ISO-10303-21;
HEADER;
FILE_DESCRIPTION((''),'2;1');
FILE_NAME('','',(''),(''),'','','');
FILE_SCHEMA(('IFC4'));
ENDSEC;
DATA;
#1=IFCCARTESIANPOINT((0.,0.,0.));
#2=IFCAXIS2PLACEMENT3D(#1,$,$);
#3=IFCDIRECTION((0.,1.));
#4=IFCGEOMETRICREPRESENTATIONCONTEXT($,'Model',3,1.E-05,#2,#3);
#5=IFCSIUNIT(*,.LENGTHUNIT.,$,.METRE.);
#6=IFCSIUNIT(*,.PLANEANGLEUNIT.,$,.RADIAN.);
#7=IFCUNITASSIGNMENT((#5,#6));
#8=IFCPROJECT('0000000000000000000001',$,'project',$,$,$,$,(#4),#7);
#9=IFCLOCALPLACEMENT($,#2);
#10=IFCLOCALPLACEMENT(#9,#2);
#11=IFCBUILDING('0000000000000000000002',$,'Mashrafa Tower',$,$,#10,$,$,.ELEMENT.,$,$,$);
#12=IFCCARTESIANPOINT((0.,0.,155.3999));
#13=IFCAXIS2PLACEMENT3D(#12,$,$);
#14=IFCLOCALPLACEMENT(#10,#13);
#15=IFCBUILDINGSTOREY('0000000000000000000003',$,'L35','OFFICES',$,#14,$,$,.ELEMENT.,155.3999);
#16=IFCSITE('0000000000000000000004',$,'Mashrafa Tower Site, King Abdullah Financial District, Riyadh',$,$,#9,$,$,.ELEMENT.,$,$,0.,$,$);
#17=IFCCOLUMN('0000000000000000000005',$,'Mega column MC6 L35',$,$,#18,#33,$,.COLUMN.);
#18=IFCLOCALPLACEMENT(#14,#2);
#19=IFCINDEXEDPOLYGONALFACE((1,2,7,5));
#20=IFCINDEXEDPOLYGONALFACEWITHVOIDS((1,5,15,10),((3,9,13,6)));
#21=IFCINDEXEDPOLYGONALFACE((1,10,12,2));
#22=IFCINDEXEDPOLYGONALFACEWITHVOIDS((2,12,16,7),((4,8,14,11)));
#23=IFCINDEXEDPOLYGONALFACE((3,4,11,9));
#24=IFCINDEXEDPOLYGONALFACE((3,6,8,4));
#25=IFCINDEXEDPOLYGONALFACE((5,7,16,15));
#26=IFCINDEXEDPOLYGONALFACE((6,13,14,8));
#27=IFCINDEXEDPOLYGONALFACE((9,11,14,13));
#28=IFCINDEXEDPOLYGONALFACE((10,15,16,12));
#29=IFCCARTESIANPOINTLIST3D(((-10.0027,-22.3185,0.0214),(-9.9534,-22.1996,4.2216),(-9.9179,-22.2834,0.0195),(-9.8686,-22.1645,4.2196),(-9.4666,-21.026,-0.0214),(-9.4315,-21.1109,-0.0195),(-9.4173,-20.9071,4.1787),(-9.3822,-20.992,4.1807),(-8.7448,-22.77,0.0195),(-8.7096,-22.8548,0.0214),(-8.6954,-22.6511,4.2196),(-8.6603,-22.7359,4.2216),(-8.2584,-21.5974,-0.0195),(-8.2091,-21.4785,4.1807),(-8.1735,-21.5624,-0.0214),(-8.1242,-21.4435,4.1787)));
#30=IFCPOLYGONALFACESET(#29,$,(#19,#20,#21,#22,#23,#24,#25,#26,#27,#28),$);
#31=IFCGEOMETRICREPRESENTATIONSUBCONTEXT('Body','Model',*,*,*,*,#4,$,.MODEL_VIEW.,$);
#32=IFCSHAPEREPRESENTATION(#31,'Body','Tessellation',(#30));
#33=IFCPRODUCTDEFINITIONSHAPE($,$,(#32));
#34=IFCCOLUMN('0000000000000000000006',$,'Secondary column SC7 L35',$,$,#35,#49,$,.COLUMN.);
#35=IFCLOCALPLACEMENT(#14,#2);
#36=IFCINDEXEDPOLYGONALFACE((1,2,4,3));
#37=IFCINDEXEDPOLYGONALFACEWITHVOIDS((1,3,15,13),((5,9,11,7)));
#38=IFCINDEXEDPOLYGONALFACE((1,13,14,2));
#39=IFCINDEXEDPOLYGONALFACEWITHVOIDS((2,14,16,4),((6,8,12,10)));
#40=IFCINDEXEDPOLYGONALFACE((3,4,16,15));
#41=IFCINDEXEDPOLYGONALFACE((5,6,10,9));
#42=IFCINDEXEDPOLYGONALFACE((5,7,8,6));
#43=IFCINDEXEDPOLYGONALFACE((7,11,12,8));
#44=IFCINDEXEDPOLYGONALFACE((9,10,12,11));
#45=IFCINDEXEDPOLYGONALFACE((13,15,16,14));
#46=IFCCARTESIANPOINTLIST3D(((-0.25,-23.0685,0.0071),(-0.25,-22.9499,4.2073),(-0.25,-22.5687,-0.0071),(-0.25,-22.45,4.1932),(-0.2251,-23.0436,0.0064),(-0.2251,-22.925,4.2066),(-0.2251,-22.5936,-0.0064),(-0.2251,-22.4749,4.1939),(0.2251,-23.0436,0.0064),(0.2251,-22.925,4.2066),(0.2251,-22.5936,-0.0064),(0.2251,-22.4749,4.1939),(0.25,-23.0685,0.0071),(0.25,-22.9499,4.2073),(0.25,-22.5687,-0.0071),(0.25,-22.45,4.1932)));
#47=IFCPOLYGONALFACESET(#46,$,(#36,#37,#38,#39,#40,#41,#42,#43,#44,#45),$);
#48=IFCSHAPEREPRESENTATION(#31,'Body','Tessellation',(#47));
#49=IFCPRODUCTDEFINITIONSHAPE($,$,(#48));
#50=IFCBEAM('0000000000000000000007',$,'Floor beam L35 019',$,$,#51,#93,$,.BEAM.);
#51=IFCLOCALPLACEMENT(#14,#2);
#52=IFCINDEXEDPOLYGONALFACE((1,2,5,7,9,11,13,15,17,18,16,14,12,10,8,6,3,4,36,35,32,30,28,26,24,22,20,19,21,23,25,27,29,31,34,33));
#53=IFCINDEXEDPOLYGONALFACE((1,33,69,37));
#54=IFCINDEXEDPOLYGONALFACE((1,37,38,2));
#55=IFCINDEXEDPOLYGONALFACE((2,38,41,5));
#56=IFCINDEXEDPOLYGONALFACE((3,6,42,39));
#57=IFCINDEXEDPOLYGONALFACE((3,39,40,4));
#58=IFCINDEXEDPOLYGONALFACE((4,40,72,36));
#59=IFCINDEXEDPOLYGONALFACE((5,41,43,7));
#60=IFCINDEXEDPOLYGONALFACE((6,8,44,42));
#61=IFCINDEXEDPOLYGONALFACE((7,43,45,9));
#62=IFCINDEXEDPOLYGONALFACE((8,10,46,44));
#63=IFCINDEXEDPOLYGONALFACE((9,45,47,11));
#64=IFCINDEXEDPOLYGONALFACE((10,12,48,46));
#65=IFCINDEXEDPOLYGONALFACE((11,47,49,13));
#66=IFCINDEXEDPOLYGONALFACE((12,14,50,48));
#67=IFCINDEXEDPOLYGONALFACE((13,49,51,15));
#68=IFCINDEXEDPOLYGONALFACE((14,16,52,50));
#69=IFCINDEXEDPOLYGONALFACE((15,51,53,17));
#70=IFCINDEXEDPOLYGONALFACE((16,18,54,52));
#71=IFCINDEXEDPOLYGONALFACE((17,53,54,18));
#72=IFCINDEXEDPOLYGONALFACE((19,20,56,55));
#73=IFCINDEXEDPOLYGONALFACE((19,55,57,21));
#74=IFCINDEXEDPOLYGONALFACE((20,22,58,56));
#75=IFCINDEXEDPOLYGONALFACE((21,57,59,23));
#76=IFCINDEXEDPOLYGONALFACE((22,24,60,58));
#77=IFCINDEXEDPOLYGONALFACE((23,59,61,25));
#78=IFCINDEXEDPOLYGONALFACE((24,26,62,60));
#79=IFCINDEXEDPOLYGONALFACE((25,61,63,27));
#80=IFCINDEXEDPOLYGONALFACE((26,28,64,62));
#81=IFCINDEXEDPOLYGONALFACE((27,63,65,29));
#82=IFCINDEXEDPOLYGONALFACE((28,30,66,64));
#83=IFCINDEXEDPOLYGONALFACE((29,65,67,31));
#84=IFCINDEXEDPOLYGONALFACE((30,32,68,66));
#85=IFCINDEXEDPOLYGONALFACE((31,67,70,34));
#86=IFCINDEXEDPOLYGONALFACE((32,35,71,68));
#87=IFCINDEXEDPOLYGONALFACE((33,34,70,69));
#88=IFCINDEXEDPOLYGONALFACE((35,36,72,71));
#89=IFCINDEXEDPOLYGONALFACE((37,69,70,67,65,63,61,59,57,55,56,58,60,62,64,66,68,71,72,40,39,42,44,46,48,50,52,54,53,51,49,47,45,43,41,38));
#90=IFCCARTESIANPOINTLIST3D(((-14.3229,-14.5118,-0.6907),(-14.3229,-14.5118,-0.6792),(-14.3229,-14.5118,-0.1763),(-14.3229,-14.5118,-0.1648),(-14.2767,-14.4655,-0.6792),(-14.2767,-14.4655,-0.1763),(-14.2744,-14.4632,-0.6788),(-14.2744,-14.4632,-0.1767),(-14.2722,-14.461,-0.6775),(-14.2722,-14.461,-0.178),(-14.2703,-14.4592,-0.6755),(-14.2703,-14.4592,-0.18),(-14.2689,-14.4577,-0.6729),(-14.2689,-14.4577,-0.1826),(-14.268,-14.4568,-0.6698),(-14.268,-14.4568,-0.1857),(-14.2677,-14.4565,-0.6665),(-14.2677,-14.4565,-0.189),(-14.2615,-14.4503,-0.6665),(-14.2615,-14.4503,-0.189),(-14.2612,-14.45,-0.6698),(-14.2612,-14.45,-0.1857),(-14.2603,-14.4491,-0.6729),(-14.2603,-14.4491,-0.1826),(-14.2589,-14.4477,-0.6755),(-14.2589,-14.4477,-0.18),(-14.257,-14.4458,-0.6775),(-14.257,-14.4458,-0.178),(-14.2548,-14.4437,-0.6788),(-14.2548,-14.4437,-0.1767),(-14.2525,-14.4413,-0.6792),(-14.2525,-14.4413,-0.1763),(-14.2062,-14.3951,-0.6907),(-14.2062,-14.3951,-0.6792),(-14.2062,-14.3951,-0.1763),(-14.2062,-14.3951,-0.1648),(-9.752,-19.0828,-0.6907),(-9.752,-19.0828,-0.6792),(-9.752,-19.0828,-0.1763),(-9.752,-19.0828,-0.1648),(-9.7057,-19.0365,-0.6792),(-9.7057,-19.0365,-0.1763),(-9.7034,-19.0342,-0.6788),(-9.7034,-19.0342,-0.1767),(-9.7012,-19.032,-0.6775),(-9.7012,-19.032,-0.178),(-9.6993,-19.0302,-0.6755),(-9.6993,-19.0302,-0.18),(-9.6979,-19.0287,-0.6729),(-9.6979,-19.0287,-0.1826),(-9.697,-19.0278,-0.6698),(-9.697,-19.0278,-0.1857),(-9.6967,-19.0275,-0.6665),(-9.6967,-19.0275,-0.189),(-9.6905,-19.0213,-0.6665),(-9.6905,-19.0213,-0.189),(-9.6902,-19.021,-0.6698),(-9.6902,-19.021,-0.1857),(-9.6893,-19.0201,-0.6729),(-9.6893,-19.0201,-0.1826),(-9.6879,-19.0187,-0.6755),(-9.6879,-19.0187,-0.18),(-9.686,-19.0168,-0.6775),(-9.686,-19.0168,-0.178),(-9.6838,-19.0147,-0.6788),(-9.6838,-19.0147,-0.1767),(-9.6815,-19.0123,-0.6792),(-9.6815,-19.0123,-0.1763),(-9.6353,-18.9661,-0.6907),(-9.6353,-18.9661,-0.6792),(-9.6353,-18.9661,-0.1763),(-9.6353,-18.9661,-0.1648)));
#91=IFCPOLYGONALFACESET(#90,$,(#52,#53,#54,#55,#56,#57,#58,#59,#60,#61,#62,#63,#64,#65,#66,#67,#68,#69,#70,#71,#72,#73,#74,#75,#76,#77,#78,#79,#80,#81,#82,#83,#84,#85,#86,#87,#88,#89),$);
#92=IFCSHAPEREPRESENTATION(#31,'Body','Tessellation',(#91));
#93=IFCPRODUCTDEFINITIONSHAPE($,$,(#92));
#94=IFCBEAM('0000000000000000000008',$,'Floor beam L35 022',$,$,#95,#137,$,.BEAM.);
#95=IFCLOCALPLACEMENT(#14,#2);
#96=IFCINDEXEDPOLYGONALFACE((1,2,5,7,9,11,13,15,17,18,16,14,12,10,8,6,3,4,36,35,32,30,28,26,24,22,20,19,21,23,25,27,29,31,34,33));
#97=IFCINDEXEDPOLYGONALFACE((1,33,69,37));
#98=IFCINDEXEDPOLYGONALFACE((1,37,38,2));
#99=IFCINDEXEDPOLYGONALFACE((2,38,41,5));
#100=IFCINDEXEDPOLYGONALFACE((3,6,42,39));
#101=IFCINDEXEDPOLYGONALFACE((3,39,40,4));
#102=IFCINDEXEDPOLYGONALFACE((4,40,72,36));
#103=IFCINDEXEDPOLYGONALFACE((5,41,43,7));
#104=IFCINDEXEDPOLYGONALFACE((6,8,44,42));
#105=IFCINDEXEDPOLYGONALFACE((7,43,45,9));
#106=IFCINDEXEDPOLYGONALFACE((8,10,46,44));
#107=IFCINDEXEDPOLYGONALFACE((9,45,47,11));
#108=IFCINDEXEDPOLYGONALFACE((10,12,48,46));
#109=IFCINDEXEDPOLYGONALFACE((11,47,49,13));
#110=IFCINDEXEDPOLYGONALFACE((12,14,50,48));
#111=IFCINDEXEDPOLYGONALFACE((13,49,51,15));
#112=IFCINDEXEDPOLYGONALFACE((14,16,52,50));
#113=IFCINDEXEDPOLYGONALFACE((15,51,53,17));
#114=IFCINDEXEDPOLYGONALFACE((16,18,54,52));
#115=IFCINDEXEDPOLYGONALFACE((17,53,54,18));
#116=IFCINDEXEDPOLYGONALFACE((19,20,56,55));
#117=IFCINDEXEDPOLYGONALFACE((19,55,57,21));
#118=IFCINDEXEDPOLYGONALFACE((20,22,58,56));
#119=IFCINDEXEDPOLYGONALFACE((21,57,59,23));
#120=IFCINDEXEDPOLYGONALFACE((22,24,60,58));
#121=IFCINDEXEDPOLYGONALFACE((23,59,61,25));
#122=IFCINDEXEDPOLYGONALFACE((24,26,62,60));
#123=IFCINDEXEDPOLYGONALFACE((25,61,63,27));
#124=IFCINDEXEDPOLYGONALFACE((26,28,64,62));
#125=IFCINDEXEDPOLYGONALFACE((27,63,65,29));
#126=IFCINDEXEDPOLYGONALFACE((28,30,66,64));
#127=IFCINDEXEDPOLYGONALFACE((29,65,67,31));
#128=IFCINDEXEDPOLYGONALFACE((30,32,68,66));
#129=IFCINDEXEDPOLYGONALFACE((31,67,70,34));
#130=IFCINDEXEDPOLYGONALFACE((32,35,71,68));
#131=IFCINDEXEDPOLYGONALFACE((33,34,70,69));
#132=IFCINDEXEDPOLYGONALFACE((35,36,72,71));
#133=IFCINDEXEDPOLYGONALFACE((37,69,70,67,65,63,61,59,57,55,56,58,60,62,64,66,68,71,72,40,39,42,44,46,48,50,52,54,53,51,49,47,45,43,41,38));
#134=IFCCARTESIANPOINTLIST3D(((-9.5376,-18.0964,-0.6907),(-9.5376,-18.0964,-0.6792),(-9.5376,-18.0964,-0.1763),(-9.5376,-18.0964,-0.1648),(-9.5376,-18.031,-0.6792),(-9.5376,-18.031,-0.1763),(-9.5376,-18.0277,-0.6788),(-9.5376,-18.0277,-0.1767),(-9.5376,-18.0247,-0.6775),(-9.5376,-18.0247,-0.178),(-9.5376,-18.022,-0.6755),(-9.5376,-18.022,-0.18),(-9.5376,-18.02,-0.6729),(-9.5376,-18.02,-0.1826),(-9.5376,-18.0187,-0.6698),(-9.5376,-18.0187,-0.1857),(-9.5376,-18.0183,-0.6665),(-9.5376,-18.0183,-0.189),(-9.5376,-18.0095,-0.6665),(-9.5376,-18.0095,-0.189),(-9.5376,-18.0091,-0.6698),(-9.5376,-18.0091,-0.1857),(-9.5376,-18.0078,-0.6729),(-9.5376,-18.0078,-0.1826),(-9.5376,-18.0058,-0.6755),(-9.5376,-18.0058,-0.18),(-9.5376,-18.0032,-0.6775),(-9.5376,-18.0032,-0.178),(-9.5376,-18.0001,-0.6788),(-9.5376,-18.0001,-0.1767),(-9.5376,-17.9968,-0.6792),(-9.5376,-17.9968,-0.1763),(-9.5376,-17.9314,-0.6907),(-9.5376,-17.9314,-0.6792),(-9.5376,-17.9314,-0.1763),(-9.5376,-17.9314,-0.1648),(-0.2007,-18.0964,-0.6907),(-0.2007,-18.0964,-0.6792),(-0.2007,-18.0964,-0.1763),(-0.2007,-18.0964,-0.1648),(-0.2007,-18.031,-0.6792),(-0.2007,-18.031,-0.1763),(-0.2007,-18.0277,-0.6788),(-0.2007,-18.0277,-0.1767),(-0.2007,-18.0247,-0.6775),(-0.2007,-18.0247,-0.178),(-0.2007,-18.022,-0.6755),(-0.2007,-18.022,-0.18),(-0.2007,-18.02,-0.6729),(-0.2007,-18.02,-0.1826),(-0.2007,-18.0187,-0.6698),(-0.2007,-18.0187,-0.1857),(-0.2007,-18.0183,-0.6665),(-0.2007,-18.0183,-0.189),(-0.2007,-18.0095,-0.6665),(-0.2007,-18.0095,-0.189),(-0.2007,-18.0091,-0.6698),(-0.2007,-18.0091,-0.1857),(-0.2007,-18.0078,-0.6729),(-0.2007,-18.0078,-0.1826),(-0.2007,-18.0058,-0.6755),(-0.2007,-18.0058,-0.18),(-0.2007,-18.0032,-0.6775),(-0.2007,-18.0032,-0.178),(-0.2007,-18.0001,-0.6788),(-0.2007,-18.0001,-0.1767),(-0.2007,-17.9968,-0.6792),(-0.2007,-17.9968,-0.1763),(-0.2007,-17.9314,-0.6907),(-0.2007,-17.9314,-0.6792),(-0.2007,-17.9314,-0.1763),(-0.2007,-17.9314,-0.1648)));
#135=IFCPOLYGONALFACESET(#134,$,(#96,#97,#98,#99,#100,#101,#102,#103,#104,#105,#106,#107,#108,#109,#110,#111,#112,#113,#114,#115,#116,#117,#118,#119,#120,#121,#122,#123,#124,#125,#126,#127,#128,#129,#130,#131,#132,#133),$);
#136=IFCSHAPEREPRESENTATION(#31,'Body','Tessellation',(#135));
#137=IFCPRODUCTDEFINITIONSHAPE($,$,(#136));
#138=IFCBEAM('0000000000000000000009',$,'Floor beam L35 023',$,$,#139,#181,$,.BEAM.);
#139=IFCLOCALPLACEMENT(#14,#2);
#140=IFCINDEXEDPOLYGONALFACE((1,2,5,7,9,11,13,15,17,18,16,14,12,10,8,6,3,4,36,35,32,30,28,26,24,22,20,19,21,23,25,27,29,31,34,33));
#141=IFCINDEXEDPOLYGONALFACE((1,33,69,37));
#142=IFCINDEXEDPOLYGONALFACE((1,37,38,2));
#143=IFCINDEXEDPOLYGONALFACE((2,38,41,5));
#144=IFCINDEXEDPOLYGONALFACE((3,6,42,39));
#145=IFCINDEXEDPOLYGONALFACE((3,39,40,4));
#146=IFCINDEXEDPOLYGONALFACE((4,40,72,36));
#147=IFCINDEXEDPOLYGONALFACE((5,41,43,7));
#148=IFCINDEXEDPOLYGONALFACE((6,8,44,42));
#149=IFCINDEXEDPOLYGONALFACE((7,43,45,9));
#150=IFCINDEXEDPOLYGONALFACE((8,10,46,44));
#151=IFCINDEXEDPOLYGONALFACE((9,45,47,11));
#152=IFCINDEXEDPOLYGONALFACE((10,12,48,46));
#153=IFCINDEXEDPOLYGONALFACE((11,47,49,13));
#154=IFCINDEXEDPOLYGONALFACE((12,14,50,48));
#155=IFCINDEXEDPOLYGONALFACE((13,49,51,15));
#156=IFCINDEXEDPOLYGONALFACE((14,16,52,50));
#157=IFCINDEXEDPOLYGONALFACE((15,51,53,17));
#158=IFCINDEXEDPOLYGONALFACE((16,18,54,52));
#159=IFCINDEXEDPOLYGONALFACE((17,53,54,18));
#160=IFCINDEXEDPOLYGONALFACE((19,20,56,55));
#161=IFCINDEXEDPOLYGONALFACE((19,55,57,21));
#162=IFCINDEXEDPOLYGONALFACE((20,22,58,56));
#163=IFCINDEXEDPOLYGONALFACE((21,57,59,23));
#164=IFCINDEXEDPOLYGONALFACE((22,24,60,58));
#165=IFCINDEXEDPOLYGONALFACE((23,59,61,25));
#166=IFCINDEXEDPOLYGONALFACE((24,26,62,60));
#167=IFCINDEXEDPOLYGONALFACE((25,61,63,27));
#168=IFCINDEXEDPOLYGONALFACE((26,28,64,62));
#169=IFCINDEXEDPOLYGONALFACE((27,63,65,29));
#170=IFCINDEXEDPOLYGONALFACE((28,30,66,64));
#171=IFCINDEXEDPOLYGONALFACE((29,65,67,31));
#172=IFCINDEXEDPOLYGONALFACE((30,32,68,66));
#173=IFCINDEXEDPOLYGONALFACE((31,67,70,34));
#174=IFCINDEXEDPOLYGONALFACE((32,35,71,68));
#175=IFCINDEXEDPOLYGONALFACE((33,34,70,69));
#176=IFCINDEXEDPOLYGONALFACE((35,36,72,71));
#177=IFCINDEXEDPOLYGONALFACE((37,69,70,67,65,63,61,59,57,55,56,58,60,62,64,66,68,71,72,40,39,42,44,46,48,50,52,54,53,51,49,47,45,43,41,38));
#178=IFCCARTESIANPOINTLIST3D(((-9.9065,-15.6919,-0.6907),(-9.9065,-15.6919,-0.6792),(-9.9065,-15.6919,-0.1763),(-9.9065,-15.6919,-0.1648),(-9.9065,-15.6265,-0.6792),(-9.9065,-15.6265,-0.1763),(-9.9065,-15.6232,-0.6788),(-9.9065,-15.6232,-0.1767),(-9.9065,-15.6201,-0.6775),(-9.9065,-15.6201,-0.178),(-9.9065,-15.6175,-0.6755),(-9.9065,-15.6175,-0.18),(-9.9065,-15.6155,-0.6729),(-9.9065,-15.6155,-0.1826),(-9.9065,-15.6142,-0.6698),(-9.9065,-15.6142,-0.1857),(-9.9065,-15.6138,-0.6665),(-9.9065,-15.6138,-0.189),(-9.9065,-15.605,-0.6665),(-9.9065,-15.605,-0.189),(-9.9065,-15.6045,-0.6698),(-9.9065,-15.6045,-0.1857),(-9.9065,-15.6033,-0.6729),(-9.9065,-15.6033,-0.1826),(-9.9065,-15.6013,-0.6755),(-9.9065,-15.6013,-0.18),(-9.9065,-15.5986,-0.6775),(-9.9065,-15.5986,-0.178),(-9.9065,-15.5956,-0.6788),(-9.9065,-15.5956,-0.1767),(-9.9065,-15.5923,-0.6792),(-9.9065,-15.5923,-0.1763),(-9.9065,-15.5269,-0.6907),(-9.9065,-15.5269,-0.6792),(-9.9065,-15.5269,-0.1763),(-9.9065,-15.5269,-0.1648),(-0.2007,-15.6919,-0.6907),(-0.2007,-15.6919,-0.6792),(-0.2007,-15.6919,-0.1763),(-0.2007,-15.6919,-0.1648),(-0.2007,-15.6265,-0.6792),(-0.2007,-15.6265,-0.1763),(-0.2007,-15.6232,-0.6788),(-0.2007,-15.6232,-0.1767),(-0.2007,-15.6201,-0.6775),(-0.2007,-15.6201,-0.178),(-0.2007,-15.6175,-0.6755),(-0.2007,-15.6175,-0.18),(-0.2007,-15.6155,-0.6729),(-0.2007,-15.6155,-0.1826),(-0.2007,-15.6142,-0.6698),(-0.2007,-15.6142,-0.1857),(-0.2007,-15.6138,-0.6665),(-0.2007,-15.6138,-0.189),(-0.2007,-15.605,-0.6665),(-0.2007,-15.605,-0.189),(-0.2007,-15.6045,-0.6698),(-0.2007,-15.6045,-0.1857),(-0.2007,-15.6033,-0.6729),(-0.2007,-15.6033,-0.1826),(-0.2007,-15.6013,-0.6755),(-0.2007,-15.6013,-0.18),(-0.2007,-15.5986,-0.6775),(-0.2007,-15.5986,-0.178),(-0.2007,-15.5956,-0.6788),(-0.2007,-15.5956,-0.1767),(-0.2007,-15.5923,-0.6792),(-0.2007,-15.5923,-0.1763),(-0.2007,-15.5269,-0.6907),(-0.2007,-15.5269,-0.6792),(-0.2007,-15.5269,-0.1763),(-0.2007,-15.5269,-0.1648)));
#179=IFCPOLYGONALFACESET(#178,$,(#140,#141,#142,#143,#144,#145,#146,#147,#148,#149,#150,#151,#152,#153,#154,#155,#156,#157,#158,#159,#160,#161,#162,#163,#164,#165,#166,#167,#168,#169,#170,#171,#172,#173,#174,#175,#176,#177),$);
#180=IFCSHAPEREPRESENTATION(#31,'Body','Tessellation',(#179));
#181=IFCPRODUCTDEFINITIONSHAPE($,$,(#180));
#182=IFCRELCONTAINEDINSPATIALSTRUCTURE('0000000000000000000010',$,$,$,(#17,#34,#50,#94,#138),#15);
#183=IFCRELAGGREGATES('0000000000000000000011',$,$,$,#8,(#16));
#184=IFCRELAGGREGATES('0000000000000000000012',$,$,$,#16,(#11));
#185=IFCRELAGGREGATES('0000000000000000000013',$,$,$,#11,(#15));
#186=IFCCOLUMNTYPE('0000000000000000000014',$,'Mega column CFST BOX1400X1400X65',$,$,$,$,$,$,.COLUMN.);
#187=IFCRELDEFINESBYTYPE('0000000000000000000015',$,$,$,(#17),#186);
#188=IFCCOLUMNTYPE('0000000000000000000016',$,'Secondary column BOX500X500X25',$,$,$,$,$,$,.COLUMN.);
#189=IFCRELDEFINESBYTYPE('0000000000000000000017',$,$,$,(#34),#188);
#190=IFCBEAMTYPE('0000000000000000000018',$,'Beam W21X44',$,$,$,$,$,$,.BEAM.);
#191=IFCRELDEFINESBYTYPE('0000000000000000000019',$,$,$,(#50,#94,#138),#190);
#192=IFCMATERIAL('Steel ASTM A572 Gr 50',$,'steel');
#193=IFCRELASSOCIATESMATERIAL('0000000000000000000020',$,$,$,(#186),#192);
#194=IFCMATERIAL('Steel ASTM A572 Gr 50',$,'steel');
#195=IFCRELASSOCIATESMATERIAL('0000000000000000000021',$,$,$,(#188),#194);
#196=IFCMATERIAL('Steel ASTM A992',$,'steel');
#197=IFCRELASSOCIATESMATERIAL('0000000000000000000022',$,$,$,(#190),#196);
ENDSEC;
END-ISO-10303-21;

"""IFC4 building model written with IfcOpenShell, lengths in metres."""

from ifc_helpers import new_model, si_unit, direction, frame, origin, origin_2d, place, context, subcontext, project, spatial, hollow_rectangle, i_section, extrude, material, material_profile, profile_set, type_object, element, save


model = new_model("IFC4")

# Units and contexts
model_context = context("Model", 3, precision=1e-05, world=origin(), true_north=direction((0.0, 1.0)))
body_context = subcontext(model_context, "Body", "Model", "MODEL_VIEW")
ifc_project = project(units=[si_unit("LENGTHUNIT", "METRE"), si_unit("PLANEANGLEUNIT", "RADIAN")], contexts=[model_context])

# Site, building, storey
site_placement = place(None, origin())
site = spatial("IfcSite", under=ifc_project, at=site_placement, Name="Mashrafa Tower Site, King Abdullah Financial District, Riyadh", CompositionType="ELEMENT", RefElevation=0.0)
building_placement = place(site_placement, origin())
building = spatial("IfcBuilding", under=site, at=building_placement, Name="Mashrafa Tower", CompositionType="ELEMENT")
storey_placement = place(building_placement, frame((0.0, 0.0, 155.3999)))
storey = spatial("IfcBuildingStorey", under=building, at=storey_placement, Name="L35", Description="OFFICES", CompositionType="ELEMENT", Elevation=155.3999)

# Columns
ifc_material_1 = material(Name="Steel ASTM A572 Gr 50", Category="steel")
ifc_material_profile_1 = material_profile(ifc_material_1, hollow_rectangle(XDim=1.3999, YDim=1.3999, WallThickness=0.0649, at=origin_2d()), Name="BOX1400X1400X65")
ifc_profile_set_1 = profile_set([ifc_material_profile_1], Name="Steel ASTM A572 Gr 50")
column_type_1 = type_object("IfcColumnType", Name="Mega column CFST BOX1400X1400X65", PredefinedType="COLUMN", material=ifc_profile_set_1)
column_1_placement = place(storey_placement, frame((-9.0881, -21.9404, 0.0), z_axis=(0.011736, 0.028294, 0.999531), x_axis=(-0.923693, 0.383133, 0.0)))
element("IfcColumn", 1, at=column_1_placement, inside=storey, type_object=column_type_1, Name="Mega column MC6 L35", PredefinedType="COLUMN", context=body_context, shape_type="SweptSolid", body=[
    extrude(hollow_rectangle(XDim=1.3999, YDim=1.3999, WallThickness=0.0649, at=origin_2d()), origin(), (0.0, 0.0, 1.0), 4.2021),
])
ifc_material_2 = material(Name="Steel ASTM A572 Gr 50", Category="steel")
ifc_material_profile_2 = material_profile(ifc_material_2, hollow_rectangle(XDim=0.5, YDim=0.5, WallThickness=0.0249, at=origin_2d()), Name="BOX500X500X25")
ifc_profile_set_2 = profile_set([ifc_material_profile_2], Name="Steel ASTM A572 Gr 50")
column_type_2 = type_object("IfcColumnType", Name="Secondary column BOX500X500X25", PredefinedType="COLUMN", material=ifc_profile_set_2)
column_2_placement = place(storey_placement, frame((0.0, -22.8186, 0.0), z_axis=(0.0, 0.028238, 0.999601), x_axis=(-1.0, 0.0, 0.0)))
element("IfcColumn", 2, at=column_2_placement, inside=storey, type_object=column_type_2, Name="Secondary column SC7 L35", PredefinedType="COLUMN", context=body_context, shape_type="SweptSolid", body=[
    extrude(hollow_rectangle(XDim=0.5, YDim=0.5, WallThickness=0.0249, at=origin_2d()), origin(), (0.0, 0.0, 1.0), 4.2019),
])

# Beams
ifc_material_3 = material(Name="Steel ASTM A992", Category="steel")
ifc_material_profile_3 = material_profile(ifc_material_3, i_section(OverallWidth=0.165, OverallDepth=0.5259, WebThickness=0.0088, FlangeThickness=0.0115, FilletRadius=0.0127, at=origin_2d()), Name="W21X44")
ifc_profile_set_3 = profile_set([ifc_material_profile_3], Name="Steel ASTM A992")
beam_type_1 = type_object("IfcBeamType", Name="Beam W21X44", PredefinedType="BEAM", material=ifc_profile_set_3)
beam_1_placement = place(storey_placement, frame((-9.6936, -19.0244, -0.4277), z_axis=(-0.707107, 0.707107, 0.0), x_axis=(-0.707107, -0.707107, 0.0)))
element("IfcBeam", 3, at=beam_1_placement, inside=storey, type_object=beam_type_1, Name="Floor beam L35 019", PredefinedType="BEAM", context=body_context, shape_type="SweptSolid", body=[
    extrude(i_section(OverallWidth=0.165, OverallDepth=0.5259, WebThickness=0.0088, FlangeThickness=0.0115, FilletRadius=0.0127, at=origin_2d()), origin(), (0.0, 0.0, 1.0), 6.4644),
])
beam_2_placement = place(storey_placement, frame((-0.2007, -18.0139, -0.4277), z_axis=(-1.0, 0.0, 0.0), x_axis=(0.0, -1.0, 0.0)))
element("IfcBeam", 4, at=beam_2_placement, inside=storey, type_object=beam_type_1, Name="Floor beam L35 022", PredefinedType="BEAM", context=body_context, shape_type="SweptSolid", body=[
    extrude(i_section(OverallWidth=0.165, OverallDepth=0.5259, WebThickness=0.0088, FlangeThickness=0.0115, FilletRadius=0.0127, at=origin_2d()), origin(), (0.0, 0.0, 1.0), 9.3369),
])
beam_3_placement = place(storey_placement, frame((-0.2007, -15.6094, -0.4277), z_axis=(-1.0, 0.0, 0.0), x_axis=(0.0, -1.0, 0.0)))
element("IfcBeam", 5, at=beam_3_placement, inside=storey, type_object=beam_type_1, Name="Floor beam L35 023", PredefinedType="BEAM", context=body_context, shape_type="SweptSolid", body=[
    extrude(i_section(OverallWidth=0.165, OverallDepth=0.5259, WebThickness=0.0088, FlangeThickness=0.0115, FilletRadius=0.0127, at=origin_2d()), origin(), (0.0, 0.0, 1.0), 9.7058),
])

save(model, "model.ifc")
